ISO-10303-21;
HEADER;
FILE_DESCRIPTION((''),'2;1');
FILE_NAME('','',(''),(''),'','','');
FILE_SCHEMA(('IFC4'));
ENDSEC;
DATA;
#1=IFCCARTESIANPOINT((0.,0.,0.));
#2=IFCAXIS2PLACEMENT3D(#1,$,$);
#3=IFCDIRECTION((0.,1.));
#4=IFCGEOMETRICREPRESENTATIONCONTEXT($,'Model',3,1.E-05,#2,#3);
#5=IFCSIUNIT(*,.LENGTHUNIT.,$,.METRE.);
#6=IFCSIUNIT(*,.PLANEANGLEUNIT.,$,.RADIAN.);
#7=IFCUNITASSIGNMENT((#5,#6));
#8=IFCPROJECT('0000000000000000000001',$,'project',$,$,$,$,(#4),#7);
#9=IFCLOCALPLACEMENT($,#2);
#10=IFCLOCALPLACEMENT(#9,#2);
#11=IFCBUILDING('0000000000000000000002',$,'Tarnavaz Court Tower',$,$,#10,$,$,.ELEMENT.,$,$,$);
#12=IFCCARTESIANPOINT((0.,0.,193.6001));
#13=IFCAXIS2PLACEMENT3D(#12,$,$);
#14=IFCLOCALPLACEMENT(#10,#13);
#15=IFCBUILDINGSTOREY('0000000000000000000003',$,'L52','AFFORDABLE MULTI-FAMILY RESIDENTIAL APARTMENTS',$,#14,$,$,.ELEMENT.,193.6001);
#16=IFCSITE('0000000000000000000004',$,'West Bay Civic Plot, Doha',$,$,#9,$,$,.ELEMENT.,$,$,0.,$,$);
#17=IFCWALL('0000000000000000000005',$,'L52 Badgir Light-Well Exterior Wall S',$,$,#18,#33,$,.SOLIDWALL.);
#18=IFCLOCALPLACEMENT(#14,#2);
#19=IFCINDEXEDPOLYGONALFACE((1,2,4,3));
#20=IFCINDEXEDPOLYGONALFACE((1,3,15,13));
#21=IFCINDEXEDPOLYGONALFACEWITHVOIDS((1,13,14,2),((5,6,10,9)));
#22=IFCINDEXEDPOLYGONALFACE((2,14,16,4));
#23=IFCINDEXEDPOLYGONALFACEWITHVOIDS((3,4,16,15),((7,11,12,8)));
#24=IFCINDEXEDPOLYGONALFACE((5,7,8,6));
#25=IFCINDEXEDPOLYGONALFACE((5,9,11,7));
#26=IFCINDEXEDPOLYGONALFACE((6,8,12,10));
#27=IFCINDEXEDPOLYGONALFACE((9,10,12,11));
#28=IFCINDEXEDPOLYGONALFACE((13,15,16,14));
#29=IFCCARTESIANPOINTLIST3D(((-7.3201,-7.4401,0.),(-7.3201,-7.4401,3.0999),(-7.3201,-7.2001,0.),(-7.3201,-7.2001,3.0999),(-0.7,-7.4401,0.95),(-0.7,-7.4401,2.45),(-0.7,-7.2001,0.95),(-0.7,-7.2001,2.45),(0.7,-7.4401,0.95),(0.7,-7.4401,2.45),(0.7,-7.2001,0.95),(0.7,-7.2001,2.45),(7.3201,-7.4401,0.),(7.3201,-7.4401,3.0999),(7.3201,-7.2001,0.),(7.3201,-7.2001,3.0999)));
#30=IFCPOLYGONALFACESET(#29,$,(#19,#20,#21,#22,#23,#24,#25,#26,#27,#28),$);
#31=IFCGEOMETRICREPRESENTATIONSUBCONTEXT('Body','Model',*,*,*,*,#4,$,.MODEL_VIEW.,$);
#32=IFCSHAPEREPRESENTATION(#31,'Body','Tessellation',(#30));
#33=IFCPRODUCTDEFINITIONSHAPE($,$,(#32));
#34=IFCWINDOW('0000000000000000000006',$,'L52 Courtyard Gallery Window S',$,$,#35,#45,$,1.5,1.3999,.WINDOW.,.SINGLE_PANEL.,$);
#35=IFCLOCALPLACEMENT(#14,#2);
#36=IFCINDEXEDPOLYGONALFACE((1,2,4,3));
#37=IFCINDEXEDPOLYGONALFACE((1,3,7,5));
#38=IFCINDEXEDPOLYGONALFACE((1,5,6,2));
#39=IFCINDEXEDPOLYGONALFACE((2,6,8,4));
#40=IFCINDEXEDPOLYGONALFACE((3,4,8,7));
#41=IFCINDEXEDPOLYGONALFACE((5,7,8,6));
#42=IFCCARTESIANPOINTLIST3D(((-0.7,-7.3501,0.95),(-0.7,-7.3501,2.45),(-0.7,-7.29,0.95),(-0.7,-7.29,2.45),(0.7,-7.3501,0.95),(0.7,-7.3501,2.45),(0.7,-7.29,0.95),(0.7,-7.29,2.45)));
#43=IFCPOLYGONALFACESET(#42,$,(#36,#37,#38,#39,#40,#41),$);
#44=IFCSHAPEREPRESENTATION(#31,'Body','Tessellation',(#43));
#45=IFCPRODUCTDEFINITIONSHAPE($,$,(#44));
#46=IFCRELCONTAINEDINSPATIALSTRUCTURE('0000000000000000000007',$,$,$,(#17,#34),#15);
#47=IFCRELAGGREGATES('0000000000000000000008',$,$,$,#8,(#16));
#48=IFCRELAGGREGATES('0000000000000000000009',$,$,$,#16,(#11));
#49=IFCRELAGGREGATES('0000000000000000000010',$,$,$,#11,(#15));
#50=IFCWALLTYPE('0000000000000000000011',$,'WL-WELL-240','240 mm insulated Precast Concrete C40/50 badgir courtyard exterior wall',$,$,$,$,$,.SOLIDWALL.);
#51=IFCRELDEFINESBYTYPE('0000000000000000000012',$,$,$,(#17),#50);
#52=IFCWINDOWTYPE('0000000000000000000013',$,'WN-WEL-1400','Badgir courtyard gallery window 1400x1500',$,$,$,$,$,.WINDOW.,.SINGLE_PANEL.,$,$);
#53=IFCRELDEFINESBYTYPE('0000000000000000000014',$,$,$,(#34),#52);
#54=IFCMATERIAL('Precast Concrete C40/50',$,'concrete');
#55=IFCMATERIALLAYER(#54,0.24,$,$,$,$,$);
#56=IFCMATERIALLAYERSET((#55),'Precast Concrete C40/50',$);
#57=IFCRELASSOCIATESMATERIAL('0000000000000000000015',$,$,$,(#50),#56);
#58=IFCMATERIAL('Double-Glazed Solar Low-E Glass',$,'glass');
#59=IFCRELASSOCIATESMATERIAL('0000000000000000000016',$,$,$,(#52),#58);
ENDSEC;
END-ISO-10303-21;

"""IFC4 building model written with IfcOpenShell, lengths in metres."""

from ifc_helpers import new_model, si_unit, direction, frame, frame_2d, origin, place, context, subcontext, project, spatial, rectangle, extrude, material, layer, layer_set, type_object, element, fill, save


model = new_model("IFC4")

# Units and contexts
model_context = context("Model", 3, precision=1e-05, world=origin(), true_north=direction((0.0, 1.0)))
body_context = subcontext(model_context, "Body", "Model", "MODEL_VIEW")
ifc_project = project(units=[si_unit("LENGTHUNIT", "METRE"), si_unit("PLANEANGLEUNIT", "RADIAN")], contexts=[model_context])

# Site, building, storey
site_placement = place(None, origin())
site = spatial("IfcSite", under=ifc_project, at=site_placement, Name="West Bay Civic Plot, Doha", CompositionType="ELEMENT", RefElevation=0.0)
building_placement = place(site_placement, origin())
building = spatial("IfcBuilding", under=site, at=building_placement, Name="Tarnavaz Court Tower", CompositionType="ELEMENT")
storey_placement = place(building_placement, frame((0.0, 0.0, 193.6001)))
storey = spatial("IfcBuildingStorey", under=building, at=storey_placement, Name="L52", Description="AFFORDABLE MULTI-FAMILY RESIDENTIAL APARTMENTS", CompositionType="ELEMENT", Elevation=193.6001)

# Wall, opening, window
ifc_material_1 = material(Name="Precast Concrete C40/50", Category="concrete")
ifc_layer_1 = layer(ifc_material_1, 0.24)
ifc_layer_set_1 = layer_set([ifc_layer_1], Name="Precast Concrete C40/50")
wall_type_1 = type_object("IfcWallType", Name="WL-WELL-240", Description="240 mm insulated Precast Concrete C40/50 badgir courtyard exterior wall", PredefinedType="SOLIDWALL", material=ifc_layer_set_1)
wall_1_placement = place(storey_placement, frame((-7.3201, -7.3201, 0.0), z_axis=(0.0, 0.0, 1.0), x_axis=(1.0, 0.0, 0.0)))
wall_1 = element("IfcWall", 1, at=wall_1_placement, inside=storey, type_object=wall_type_1, Name="L52 Badgir Light-Well Exterior Wall S", PredefinedType="SOLIDWALL", context=body_context, shape_type="SweptSolid", body=[
    extrude(rectangle(XDim=14.6401, YDim=0.24, at=frame_2d((7.3201, 0.0))), origin(), (0.0, 0.0, 1.0), 3.0999),
])
opening_1_placement = place(wall_1_placement, frame((6.6201, 0.0, 0.95)))
opening_1 = element("IfcOpeningElement", 2, at=opening_1_placement, cuts=wall_1, PredefinedType="OPENING", context=body_context, shape_type="SweptSolid", body=[
    extrude(rectangle(XDim=1.3999, YDim=1.5, at=frame_2d((0.7, 0.75))), frame((0.0, 0.1299, 0.0), z_axis=(0.0, -1.0, 0.0), x_axis=(1.0, 0.0, 0.0)), (0.0, 0.0, 1.0), 0.26),
])
ifc_material_2 = material(Name="Double-Glazed Solar Low-E Glass", Category="glass")
window_type = type_object("IfcWindowType", Name="WN-WEL-1400", Description="Badgir courtyard gallery window 1400x1500", PartitioningType="SINGLE_PANEL", PredefinedType="WINDOW", material=ifc_material_2)
window_placement = place(opening_1_placement, origin())
window = element("IfcWindow", 3, at=window_placement, inside=storey, type_object=window_type, Name="L52 Courtyard Gallery Window S", OverallHeight=1.5, OverallWidth=1.3999, PartitioningType="SINGLE_PANEL", PredefinedType="WINDOW", context=body_context, shape_type="SweptSolid", body=[
    extrude(rectangle(XDim=1.3999, YDim=1.5, at=frame_2d((0.7, 0.75))), frame((0.0, 0.03, 0.0), z_axis=(0.0, -1.0, 0.0), x_axis=(1.0, 0.0, 0.0)), (0.0, 0.0, 1.0), 0.0601),
])
fill(opening_1, window)

save(model, "model.ifc")
